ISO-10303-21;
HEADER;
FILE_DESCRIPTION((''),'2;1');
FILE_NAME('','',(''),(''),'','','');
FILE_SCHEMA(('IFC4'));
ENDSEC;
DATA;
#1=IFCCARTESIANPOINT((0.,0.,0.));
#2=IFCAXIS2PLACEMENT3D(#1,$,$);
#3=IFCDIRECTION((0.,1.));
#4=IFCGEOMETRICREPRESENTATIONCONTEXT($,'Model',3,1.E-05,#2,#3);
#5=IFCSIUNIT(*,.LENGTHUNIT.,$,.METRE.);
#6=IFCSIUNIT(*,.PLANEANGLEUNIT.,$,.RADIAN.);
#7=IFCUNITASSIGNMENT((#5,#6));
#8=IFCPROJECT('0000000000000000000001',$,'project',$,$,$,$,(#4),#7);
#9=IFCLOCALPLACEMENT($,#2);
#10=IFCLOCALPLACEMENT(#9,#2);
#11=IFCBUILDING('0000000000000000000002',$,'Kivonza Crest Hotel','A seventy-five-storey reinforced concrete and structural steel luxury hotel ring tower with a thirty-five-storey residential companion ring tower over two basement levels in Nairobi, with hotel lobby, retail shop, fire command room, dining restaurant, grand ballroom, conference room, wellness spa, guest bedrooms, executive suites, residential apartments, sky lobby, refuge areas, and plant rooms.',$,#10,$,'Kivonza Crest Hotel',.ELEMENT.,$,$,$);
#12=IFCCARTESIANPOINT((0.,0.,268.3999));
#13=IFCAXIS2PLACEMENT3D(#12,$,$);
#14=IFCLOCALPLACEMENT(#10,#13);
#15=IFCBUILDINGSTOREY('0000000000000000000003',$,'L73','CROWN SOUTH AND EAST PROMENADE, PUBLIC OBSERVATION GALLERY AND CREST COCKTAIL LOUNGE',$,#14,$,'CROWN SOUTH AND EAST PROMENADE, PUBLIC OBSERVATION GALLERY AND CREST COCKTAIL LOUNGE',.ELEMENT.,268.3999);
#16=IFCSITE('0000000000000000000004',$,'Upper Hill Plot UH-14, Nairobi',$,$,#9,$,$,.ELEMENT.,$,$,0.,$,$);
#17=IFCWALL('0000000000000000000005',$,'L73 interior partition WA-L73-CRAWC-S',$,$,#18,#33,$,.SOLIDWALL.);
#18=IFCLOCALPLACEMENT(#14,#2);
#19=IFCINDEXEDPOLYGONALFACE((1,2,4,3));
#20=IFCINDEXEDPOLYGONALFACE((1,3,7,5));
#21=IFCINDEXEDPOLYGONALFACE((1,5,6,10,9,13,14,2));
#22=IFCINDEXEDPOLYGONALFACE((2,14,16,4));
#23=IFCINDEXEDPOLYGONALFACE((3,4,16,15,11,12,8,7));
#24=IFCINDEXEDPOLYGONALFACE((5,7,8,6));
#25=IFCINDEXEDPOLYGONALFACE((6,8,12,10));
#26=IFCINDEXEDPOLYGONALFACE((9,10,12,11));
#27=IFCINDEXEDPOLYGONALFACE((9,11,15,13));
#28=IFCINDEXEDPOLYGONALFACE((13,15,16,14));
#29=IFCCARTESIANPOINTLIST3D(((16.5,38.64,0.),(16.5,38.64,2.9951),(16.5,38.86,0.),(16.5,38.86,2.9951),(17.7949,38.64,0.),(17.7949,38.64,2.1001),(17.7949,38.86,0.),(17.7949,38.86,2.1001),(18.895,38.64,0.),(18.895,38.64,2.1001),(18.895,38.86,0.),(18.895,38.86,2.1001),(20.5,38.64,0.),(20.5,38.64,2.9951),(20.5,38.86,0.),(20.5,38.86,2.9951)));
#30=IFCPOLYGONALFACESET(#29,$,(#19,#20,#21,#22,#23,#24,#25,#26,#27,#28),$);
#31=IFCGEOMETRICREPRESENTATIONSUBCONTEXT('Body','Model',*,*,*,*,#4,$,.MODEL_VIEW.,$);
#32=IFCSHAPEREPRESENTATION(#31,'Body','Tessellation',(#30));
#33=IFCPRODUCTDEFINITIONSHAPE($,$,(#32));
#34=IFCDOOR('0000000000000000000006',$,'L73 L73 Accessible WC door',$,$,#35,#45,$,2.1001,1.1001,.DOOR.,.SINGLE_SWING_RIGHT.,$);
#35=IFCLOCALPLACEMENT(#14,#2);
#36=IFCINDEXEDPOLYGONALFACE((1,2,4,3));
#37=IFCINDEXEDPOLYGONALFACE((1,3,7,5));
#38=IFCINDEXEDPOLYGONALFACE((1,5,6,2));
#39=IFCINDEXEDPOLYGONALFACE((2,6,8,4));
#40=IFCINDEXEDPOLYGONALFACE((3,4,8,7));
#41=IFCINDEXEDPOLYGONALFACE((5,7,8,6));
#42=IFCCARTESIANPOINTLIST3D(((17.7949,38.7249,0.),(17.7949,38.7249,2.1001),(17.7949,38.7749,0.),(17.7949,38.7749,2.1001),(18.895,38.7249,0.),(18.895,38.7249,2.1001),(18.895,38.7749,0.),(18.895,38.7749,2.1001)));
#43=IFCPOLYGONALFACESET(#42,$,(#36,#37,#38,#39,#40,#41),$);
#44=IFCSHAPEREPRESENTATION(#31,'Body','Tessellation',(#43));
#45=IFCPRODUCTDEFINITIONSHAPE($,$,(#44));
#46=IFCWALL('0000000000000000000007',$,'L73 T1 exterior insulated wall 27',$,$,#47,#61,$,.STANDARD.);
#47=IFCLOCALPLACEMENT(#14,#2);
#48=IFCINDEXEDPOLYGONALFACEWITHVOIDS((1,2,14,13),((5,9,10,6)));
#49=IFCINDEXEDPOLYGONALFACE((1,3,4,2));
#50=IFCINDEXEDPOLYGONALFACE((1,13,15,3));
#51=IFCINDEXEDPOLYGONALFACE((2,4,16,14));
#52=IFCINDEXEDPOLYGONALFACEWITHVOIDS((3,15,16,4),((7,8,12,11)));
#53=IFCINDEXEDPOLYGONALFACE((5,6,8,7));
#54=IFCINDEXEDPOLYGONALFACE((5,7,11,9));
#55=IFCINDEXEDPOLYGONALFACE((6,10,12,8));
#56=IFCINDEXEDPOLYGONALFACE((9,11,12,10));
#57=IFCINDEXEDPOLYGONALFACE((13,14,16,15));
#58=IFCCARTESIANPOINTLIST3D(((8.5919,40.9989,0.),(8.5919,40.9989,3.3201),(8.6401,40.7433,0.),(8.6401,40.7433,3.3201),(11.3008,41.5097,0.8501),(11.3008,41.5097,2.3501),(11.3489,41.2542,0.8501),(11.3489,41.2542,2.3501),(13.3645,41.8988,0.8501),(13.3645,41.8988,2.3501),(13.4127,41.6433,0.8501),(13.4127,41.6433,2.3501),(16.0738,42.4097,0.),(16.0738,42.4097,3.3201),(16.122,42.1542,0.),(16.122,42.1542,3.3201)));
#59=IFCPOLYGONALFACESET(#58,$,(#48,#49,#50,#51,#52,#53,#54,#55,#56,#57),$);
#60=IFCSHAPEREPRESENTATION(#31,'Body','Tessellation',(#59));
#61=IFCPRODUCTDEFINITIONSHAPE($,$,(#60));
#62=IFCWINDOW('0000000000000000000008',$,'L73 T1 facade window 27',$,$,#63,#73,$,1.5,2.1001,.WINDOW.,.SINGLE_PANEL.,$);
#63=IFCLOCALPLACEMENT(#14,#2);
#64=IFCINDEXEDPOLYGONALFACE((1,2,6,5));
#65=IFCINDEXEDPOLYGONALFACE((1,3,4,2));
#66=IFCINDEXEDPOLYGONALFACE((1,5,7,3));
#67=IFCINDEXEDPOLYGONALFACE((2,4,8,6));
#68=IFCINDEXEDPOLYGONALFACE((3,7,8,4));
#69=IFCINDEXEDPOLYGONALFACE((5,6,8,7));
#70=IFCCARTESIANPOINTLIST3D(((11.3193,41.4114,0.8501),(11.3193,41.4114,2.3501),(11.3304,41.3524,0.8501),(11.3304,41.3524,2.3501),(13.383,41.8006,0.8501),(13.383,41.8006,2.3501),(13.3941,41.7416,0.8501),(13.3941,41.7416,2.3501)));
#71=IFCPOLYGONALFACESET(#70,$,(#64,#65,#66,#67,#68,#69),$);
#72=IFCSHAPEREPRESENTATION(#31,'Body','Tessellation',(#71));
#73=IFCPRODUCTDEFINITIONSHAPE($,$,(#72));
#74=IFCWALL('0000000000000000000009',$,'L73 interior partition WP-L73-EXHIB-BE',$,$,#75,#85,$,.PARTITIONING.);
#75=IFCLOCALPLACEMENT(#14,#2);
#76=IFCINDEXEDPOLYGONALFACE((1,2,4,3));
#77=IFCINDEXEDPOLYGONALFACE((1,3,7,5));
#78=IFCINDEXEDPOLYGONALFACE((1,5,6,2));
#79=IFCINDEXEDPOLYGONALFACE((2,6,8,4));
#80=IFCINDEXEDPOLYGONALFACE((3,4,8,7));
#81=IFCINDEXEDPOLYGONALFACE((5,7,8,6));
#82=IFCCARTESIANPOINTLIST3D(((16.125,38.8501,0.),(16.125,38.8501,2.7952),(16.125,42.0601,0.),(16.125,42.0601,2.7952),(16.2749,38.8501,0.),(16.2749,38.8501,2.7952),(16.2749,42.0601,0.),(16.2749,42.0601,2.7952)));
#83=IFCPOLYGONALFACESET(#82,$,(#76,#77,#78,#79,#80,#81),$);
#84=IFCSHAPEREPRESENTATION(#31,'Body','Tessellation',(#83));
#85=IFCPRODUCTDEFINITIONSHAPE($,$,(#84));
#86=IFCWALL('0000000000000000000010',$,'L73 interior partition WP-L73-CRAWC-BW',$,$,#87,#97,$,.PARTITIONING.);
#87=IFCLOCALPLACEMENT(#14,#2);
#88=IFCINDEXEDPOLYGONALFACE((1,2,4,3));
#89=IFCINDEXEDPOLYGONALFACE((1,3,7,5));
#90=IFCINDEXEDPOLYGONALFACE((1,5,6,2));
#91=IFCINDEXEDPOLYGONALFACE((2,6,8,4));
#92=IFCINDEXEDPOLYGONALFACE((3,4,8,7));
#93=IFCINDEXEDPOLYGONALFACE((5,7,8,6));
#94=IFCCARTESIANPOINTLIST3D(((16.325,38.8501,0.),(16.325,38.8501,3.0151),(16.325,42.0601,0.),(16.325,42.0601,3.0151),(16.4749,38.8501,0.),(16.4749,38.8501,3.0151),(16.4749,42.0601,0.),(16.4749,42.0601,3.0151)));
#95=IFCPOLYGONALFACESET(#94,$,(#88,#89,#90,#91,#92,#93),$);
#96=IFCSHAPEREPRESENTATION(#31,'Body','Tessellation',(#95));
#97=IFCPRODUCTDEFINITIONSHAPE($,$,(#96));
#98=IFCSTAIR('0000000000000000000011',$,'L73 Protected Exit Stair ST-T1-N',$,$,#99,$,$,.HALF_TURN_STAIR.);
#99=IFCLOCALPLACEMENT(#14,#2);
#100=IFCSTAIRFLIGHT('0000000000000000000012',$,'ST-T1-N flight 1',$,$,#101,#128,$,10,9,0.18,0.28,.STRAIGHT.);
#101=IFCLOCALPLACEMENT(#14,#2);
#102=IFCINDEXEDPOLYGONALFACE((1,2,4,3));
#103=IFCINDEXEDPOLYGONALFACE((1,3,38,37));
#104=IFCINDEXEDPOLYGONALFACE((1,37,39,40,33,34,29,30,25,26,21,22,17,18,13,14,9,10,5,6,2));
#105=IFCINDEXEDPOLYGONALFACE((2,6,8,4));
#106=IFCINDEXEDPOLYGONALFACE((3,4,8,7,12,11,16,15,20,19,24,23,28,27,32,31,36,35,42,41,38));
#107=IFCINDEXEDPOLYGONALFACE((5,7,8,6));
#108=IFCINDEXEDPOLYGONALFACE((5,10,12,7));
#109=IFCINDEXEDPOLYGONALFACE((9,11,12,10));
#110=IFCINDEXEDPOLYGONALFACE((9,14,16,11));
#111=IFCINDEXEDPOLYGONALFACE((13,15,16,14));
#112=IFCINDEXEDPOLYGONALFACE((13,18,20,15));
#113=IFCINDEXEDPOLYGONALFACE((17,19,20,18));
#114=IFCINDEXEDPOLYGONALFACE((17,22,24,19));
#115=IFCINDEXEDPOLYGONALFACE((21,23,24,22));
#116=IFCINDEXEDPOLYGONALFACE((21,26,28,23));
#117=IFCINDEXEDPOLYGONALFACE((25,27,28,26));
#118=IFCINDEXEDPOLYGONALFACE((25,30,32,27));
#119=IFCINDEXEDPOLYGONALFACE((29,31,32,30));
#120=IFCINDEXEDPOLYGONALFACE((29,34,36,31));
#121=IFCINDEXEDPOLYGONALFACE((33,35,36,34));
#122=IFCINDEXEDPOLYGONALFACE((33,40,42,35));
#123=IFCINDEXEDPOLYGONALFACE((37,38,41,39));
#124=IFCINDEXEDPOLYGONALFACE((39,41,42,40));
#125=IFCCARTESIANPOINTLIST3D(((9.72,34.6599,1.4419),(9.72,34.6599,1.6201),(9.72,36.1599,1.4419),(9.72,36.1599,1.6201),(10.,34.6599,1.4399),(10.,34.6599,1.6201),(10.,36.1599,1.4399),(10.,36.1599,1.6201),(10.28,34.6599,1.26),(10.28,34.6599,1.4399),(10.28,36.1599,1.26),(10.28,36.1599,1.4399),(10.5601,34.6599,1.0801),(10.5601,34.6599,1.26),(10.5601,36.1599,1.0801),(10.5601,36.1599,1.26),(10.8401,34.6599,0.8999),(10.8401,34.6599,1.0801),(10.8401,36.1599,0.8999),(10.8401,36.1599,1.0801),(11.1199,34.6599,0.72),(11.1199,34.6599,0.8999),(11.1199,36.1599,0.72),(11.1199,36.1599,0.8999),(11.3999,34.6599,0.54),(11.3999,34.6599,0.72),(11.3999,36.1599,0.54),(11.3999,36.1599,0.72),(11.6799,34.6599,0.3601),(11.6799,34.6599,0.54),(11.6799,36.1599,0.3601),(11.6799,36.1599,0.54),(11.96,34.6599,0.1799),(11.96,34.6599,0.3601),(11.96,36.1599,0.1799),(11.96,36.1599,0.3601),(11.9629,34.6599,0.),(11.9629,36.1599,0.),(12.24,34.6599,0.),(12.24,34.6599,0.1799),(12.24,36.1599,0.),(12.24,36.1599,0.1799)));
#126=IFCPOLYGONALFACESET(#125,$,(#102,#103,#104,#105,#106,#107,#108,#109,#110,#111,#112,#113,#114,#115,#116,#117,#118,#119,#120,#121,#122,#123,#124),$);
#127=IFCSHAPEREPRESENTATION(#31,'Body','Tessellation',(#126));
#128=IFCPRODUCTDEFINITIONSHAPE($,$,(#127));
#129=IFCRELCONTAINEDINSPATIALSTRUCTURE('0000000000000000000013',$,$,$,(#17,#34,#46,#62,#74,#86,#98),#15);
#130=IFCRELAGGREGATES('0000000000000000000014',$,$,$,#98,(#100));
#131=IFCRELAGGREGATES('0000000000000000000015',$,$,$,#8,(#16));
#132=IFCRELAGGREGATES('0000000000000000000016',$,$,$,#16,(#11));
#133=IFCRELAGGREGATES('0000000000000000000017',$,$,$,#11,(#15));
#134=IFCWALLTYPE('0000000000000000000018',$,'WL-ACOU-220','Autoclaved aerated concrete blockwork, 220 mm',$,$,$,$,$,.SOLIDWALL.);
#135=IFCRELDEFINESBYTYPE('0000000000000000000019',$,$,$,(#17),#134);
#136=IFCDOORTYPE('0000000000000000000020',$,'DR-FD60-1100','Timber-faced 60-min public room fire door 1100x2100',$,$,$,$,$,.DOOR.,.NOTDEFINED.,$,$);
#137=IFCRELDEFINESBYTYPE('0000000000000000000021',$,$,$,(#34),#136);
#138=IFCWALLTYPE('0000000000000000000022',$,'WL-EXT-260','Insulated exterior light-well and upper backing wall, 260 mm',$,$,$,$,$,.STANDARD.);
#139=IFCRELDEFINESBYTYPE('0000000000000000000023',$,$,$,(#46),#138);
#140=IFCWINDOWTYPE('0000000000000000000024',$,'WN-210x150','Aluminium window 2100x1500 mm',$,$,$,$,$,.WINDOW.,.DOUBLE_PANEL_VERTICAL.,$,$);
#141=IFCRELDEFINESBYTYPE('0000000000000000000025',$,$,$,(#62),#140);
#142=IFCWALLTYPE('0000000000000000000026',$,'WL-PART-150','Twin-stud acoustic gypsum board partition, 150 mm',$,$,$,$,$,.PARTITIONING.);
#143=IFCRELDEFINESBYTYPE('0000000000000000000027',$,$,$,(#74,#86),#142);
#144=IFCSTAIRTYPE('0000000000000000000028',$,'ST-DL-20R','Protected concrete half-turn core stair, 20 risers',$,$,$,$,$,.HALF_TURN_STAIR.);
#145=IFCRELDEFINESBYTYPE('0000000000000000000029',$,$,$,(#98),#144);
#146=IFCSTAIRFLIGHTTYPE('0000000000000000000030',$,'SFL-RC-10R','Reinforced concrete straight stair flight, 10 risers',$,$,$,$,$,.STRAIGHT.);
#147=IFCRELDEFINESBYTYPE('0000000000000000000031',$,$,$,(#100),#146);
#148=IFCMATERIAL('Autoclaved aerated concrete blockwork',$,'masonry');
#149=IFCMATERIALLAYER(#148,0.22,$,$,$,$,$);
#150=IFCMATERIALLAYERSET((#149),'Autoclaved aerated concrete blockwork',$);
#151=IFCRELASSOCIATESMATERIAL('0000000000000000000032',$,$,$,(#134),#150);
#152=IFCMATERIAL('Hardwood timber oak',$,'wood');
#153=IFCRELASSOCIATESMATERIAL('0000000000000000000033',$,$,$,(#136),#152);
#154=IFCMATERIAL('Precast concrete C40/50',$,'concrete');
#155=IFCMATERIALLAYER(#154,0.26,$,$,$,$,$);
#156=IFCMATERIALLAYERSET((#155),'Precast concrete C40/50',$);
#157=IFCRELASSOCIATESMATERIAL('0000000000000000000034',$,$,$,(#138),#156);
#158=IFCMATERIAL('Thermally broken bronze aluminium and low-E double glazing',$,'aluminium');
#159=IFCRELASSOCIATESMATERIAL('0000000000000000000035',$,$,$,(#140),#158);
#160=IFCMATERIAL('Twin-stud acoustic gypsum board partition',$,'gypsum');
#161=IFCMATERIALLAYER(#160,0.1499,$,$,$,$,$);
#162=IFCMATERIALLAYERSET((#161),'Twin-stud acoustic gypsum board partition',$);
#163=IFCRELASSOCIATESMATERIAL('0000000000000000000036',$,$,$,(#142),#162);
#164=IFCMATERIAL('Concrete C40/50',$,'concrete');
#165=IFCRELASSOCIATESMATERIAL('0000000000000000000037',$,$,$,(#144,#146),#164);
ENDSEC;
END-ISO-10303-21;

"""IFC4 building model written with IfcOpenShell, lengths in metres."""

from ifc_helpers import new_model, si_unit, direction, frame, frame_2d, origin, place, context, subcontext, project, spatial, polyline, rectangle, outline, extrude, material, layer, layer_set, type_object, element, fill, aggregate, save


model = new_model("IFC4")

# Units and contexts
model_context = context("Model", 3, precision=1e-05, world=origin(), true_north=direction((0.0, 1.0)))
body_context = subcontext(model_context, "Body", "Model", "MODEL_VIEW")
ifc_project = project(units=[si_unit("LENGTHUNIT", "METRE"), si_unit("PLANEANGLEUNIT", "RADIAN")], contexts=[model_context])

# Site, building, storey
site_placement = place(None, origin())
site = spatial("IfcSite", under=ifc_project, at=site_placement, Name="Upper Hill Plot UH-14, Nairobi", CompositionType="ELEMENT", RefElevation=0.0)
building_placement = place(site_placement, origin())
building = spatial("IfcBuilding", under=site, at=building_placement, Name="Kivonza Crest Hotel", Description="A seventy-five-storey reinforced concrete and structural steel luxury hotel ring tower with a thirty-five-storey residential companion ring tower over two basement levels in Nairobi, with hotel lobby, retail shop, fire command room, dining restaurant, grand ballroom, conference room, wellness spa, guest bedrooms, executive suites, residential apartments, sky lobby, refuge areas, and plant rooms.", LongName="Kivonza Crest Hotel", CompositionType="ELEMENT")
storey_placement = place(building_placement, frame((0.0, 0.0, 268.3999)))
storey = spatial("IfcBuildingStorey", under=building, at=storey_placement, Name="L73", Description="CROWN SOUTH AND EAST PROMENADE, PUBLIC OBSERVATION GALLERY AND CREST COCKTAIL LOUNGE", LongName="CROWN SOUTH AND EAST PROMENADE, PUBLIC OBSERVATION GALLERY AND CREST COCKTAIL LOUNGE", CompositionType="ELEMENT", Elevation=268.3999)

# Wall, opening, door
ifc_material_1 = material(Name="Autoclaved aerated concrete blockwork", Category="masonry")
ifc_layer_1 = layer(ifc_material_1, 0.22)
ifc_layer_set_1 = layer_set([ifc_layer_1], Name="Autoclaved aerated concrete blockwork")
wall_type_1 = type_object("IfcWallType", Name="WL-ACOU-220", Description="Autoclaved aerated concrete blockwork, 220 mm", PredefinedType="SOLIDWALL", material=ifc_layer_set_1)
wall_1_placement = place(storey_placement, frame((16.5, 38.75, 0.0), z_axis=(0.0, 0.0, 1.0), x_axis=(1.0, 0.0, 0.0)))
wall_1 = element("IfcWall", 1, at=wall_1_placement, inside=storey, type_object=wall_type_1, Name="L73 interior partition WA-L73-CRAWC-S", PredefinedType="SOLIDWALL", context=body_context, shape_type="SweptSolid", body=[
    extrude(rectangle(XDim=4.0, YDim=0.22, at=frame_2d((2.0, 0.0))), origin(), (0.0, 0.0, 1.0), 2.9951),
])
opening_1_placement = place(wall_1_placement, frame((1.2949, 0.0, 0.0)))
opening_1 = element("IfcOpeningElement", 2, at=opening_1_placement, cuts=wall_1, PredefinedType="OPENING", context=body_context, shape_type="SweptSolid", body=[
    extrude(rectangle(XDim=1.1001, YDim=2.1001, at=frame_2d((0.55, 1.05))), frame((0.0, 0.1201, 0.0), z_axis=(0.0, -1.0, 0.0), x_axis=(1.0, 0.0, 0.0)), (0.0, 0.0, 1.0), 0.24),
])
ifc_material_2 = material(Name="Hardwood timber oak", Category="wood")
door_type = type_object("IfcDoorType", Name="DR-FD60-1100", Description="Timber-faced 60-min public room fire door 1100x2100", OperationType="NOTDEFINED", PredefinedType="DOOR", material=ifc_material_2)
door_placement = place(opening_1_placement, origin())
door = element("IfcDoor", 3, at=door_placement, inside=storey, type_object=door_type, Name="L73 L73 Accessible WC door", OperationType="SINGLE_SWING_RIGHT", OverallHeight=2.1001, OverallWidth=1.1001, PredefinedType="DOOR", context=body_context, shape_type="SweptSolid", body=[
    extrude(rectangle(XDim=1.1001, YDim=2.1001, at=frame_2d((0.55, 1.05))), frame((0.0, 0.0249, 0.0), z_axis=(0.0, -1.0, 0.0), x_axis=(1.0, 0.0, 0.0)), (0.0, 0.0, 1.0), 0.05),
])
fill(opening_1, door)

# Wall, opening, window
ifc_material_3 = material(Name="Precast concrete C40/50", Category="concrete")
ifc_layer_2 = layer(ifc_material_3, 0.26)
ifc_layer_set_2 = layer_set([ifc_layer_2], Name="Precast concrete C40/50")
wall_type_2 = type_object("IfcWallType", Name="WL-EXT-260", Description="Insulated exterior light-well and upper backing wall, 260 mm", PredefinedType="STANDARD", material=ifc_layer_set_2)
wall_2_placement = place(storey_placement, frame((16.0979, 42.282, 0.0), z_axis=(0.0, 0.0, 1.0), x_axis=(-0.982681, -0.185307, 0.0)))
wall_2 = element("IfcWall", 4, at=wall_2_placement, inside=storey, type_object=wall_type_2, Name="L73 T1 exterior insulated wall 27", PredefinedType="STANDARD", context=body_context, shape_type="SweptSolid", body=[
    extrude(rectangle(XDim=7.6138, YDim=0.26, at=frame_2d((3.8069, 0.0))), origin(), (0.0, 0.0, 1.0), 3.3201),
])
opening_2_placement = place(wall_2_placement, frame((2.7571, 0.0, 0.8501)))
opening_2 = element("IfcOpeningElement", 5, at=opening_2_placement, cuts=wall_2, PredefinedType="OPENING", context=body_context, shape_type="SweptSolid", body=[
    extrude(rectangle(XDim=2.1001, YDim=1.5, at=frame_2d((1.05, 0.75))), frame((0.0, 0.1401, 0.0), z_axis=(0.0, -1.0, 0.0), x_axis=(1.0, 0.0, 0.0)), (0.0, 0.0, 1.0), 0.28),
])
ifc_material_4 = material(Name="Thermally broken bronze aluminium and low-E double glazing", Category="aluminium")
window_type = type_object("IfcWindowType", Name="WN-210x150", Description="Aluminium window 2100x1500 mm", PartitioningType="DOUBLE_PANEL_VERTICAL", PredefinedType="WINDOW", material=ifc_material_4)
window_placement = place(opening_2_placement, origin())
window = element("IfcWindow", 6, at=window_placement, inside=storey, type_object=window_type, Name="L73 T1 facade window 27", OverallHeight=1.5, OverallWidth=2.1001, PartitioningType="SINGLE_PANEL", PredefinedType="WINDOW", context=body_context, shape_type="SweptSolid", body=[
    extrude(rectangle(XDim=2.1001, YDim=1.5, at=frame_2d((1.05, 0.75))), frame((0.0, 0.03, 0.0), z_axis=(0.0, -1.0, 0.0), x_axis=(1.0, 0.0, 0.0)), (0.0, 0.0, 1.0), 0.0601),
])
fill(opening_2, window)

# Walls
ifc_material_5 = material(Name="Twin-stud acoustic gypsum board partition", Category="gypsum")
ifc_layer_3 = layer(ifc_material_5, 0.1499)
ifc_layer_set_3 = layer_set([ifc_layer_3], Name="Twin-stud acoustic gypsum board partition")
wall_type_3 = type_object("IfcWallType", Name="WL-PART-150", Description="Twin-stud acoustic gypsum board partition, 150 mm", PredefinedType="PARTITIONING", material=ifc_layer_set_3)
wall_3_placement = place(storey_placement, frame((16.2, 38.8501, 0.0), z_axis=(0.0, 0.0, 1.0), x_axis=(0.0, 1.0, 0.0)))
element("IfcWall", 7, at=wall_3_placement, inside=storey, type_object=wall_type_3, Name="L73 interior partition WP-L73-EXHIB-BE", PredefinedType="PARTITIONING", context=body_context, shape_type="SweptSolid", body=[
    extrude(rectangle(XDim=3.21, YDim=0.1499, at=frame_2d((1.605, 0.0))), origin(), (0.0, 0.0, 1.0), 2.7952),
])
wall_4_placement = place(storey_placement, frame((16.3999, 38.8501, 0.0), z_axis=(0.0, 0.0, 1.0), x_axis=(0.0, 1.0, 0.0)))
element("IfcWall", 8, at=wall_4_placement, inside=storey, type_object=wall_type_3, Name="L73 interior partition WP-L73-CRAWC-BW", PredefinedType="PARTITIONING", context=body_context, shape_type="SweptSolid", body=[
    extrude(rectangle(XDim=3.21, YDim=0.1499, at=frame_2d((1.605, 0.0))), origin(), (0.0, 0.0, 1.0), 3.0151),
])

# Stair, stair flight
ifc_material_6 = material(Name="Concrete C40/50", Category="concrete")
stair_type = type_object("IfcStairType", Name="ST-DL-20R", Description="Protected concrete half-turn core stair, 20 risers", PredefinedType="HALF_TURN_STAIR", material=ifc_material_6)
stair_placement = place(storey_placement, origin())
stair = element("IfcStair", 9, at=stair_placement, inside=storey, type_object=stair_type, Name="L73 Protected Exit Stair ST-T1-N", PredefinedType="HALF_TURN_STAIR")
stair_flight_type = type_object("IfcStairFlightType", Name="SFL-RC-10R", Description="Reinforced concrete straight stair flight, 10 risers", PredefinedType="STRAIGHT", material=ifc_material_6)
stair_flight_placement = place(storey_placement, frame((12.24, 35.4099, 0.0), z_axis=(0.0, 0.0, 1.0), x_axis=(-1.0, 0.0, 0.0)))
stair_flight = element("IfcStairFlight", 10, at=stair_flight_placement, type_object=stair_flight_type, Name="ST-T1-N flight 1", NumberOfRisers=10, NumberOfTreads=9, PredefinedType="STRAIGHT", RiserHeight=0.18, TreadLength=0.28, context=body_context, shape_type="SweptSolid", body=[
    extrude(outline(polyline([(0.0, 0.0), (0.0, 0.1799), (0.28, 0.1799), (0.28, 0.3601), (0.5601, 0.3601), (0.5601, 0.54), (0.8401, 0.54), (0.8401, 0.72), (1.1201, 0.72), (1.1201, 0.8999), (1.3999, 0.8999), (1.3999, 1.0801), (1.6799, 1.0801), (1.6799, 1.26), (1.96, 1.26), (1.96, 1.4399), (2.24, 1.4399), (2.24, 1.6201), (2.52, 1.6201), (2.52, 1.8), (2.52, 1.4419), (0.2771, 0.0), (0.0, 0.0)])), frame((0.0, 0.75, 0.0), z_axis=(0.0, -1.0, 0.0), x_axis=(1.0, 0.0, 0.0)), (0.0, 0.0, 1.0), 1.5),
])
aggregate(stair, [stair_flight])

save(model, "model.ifc")
